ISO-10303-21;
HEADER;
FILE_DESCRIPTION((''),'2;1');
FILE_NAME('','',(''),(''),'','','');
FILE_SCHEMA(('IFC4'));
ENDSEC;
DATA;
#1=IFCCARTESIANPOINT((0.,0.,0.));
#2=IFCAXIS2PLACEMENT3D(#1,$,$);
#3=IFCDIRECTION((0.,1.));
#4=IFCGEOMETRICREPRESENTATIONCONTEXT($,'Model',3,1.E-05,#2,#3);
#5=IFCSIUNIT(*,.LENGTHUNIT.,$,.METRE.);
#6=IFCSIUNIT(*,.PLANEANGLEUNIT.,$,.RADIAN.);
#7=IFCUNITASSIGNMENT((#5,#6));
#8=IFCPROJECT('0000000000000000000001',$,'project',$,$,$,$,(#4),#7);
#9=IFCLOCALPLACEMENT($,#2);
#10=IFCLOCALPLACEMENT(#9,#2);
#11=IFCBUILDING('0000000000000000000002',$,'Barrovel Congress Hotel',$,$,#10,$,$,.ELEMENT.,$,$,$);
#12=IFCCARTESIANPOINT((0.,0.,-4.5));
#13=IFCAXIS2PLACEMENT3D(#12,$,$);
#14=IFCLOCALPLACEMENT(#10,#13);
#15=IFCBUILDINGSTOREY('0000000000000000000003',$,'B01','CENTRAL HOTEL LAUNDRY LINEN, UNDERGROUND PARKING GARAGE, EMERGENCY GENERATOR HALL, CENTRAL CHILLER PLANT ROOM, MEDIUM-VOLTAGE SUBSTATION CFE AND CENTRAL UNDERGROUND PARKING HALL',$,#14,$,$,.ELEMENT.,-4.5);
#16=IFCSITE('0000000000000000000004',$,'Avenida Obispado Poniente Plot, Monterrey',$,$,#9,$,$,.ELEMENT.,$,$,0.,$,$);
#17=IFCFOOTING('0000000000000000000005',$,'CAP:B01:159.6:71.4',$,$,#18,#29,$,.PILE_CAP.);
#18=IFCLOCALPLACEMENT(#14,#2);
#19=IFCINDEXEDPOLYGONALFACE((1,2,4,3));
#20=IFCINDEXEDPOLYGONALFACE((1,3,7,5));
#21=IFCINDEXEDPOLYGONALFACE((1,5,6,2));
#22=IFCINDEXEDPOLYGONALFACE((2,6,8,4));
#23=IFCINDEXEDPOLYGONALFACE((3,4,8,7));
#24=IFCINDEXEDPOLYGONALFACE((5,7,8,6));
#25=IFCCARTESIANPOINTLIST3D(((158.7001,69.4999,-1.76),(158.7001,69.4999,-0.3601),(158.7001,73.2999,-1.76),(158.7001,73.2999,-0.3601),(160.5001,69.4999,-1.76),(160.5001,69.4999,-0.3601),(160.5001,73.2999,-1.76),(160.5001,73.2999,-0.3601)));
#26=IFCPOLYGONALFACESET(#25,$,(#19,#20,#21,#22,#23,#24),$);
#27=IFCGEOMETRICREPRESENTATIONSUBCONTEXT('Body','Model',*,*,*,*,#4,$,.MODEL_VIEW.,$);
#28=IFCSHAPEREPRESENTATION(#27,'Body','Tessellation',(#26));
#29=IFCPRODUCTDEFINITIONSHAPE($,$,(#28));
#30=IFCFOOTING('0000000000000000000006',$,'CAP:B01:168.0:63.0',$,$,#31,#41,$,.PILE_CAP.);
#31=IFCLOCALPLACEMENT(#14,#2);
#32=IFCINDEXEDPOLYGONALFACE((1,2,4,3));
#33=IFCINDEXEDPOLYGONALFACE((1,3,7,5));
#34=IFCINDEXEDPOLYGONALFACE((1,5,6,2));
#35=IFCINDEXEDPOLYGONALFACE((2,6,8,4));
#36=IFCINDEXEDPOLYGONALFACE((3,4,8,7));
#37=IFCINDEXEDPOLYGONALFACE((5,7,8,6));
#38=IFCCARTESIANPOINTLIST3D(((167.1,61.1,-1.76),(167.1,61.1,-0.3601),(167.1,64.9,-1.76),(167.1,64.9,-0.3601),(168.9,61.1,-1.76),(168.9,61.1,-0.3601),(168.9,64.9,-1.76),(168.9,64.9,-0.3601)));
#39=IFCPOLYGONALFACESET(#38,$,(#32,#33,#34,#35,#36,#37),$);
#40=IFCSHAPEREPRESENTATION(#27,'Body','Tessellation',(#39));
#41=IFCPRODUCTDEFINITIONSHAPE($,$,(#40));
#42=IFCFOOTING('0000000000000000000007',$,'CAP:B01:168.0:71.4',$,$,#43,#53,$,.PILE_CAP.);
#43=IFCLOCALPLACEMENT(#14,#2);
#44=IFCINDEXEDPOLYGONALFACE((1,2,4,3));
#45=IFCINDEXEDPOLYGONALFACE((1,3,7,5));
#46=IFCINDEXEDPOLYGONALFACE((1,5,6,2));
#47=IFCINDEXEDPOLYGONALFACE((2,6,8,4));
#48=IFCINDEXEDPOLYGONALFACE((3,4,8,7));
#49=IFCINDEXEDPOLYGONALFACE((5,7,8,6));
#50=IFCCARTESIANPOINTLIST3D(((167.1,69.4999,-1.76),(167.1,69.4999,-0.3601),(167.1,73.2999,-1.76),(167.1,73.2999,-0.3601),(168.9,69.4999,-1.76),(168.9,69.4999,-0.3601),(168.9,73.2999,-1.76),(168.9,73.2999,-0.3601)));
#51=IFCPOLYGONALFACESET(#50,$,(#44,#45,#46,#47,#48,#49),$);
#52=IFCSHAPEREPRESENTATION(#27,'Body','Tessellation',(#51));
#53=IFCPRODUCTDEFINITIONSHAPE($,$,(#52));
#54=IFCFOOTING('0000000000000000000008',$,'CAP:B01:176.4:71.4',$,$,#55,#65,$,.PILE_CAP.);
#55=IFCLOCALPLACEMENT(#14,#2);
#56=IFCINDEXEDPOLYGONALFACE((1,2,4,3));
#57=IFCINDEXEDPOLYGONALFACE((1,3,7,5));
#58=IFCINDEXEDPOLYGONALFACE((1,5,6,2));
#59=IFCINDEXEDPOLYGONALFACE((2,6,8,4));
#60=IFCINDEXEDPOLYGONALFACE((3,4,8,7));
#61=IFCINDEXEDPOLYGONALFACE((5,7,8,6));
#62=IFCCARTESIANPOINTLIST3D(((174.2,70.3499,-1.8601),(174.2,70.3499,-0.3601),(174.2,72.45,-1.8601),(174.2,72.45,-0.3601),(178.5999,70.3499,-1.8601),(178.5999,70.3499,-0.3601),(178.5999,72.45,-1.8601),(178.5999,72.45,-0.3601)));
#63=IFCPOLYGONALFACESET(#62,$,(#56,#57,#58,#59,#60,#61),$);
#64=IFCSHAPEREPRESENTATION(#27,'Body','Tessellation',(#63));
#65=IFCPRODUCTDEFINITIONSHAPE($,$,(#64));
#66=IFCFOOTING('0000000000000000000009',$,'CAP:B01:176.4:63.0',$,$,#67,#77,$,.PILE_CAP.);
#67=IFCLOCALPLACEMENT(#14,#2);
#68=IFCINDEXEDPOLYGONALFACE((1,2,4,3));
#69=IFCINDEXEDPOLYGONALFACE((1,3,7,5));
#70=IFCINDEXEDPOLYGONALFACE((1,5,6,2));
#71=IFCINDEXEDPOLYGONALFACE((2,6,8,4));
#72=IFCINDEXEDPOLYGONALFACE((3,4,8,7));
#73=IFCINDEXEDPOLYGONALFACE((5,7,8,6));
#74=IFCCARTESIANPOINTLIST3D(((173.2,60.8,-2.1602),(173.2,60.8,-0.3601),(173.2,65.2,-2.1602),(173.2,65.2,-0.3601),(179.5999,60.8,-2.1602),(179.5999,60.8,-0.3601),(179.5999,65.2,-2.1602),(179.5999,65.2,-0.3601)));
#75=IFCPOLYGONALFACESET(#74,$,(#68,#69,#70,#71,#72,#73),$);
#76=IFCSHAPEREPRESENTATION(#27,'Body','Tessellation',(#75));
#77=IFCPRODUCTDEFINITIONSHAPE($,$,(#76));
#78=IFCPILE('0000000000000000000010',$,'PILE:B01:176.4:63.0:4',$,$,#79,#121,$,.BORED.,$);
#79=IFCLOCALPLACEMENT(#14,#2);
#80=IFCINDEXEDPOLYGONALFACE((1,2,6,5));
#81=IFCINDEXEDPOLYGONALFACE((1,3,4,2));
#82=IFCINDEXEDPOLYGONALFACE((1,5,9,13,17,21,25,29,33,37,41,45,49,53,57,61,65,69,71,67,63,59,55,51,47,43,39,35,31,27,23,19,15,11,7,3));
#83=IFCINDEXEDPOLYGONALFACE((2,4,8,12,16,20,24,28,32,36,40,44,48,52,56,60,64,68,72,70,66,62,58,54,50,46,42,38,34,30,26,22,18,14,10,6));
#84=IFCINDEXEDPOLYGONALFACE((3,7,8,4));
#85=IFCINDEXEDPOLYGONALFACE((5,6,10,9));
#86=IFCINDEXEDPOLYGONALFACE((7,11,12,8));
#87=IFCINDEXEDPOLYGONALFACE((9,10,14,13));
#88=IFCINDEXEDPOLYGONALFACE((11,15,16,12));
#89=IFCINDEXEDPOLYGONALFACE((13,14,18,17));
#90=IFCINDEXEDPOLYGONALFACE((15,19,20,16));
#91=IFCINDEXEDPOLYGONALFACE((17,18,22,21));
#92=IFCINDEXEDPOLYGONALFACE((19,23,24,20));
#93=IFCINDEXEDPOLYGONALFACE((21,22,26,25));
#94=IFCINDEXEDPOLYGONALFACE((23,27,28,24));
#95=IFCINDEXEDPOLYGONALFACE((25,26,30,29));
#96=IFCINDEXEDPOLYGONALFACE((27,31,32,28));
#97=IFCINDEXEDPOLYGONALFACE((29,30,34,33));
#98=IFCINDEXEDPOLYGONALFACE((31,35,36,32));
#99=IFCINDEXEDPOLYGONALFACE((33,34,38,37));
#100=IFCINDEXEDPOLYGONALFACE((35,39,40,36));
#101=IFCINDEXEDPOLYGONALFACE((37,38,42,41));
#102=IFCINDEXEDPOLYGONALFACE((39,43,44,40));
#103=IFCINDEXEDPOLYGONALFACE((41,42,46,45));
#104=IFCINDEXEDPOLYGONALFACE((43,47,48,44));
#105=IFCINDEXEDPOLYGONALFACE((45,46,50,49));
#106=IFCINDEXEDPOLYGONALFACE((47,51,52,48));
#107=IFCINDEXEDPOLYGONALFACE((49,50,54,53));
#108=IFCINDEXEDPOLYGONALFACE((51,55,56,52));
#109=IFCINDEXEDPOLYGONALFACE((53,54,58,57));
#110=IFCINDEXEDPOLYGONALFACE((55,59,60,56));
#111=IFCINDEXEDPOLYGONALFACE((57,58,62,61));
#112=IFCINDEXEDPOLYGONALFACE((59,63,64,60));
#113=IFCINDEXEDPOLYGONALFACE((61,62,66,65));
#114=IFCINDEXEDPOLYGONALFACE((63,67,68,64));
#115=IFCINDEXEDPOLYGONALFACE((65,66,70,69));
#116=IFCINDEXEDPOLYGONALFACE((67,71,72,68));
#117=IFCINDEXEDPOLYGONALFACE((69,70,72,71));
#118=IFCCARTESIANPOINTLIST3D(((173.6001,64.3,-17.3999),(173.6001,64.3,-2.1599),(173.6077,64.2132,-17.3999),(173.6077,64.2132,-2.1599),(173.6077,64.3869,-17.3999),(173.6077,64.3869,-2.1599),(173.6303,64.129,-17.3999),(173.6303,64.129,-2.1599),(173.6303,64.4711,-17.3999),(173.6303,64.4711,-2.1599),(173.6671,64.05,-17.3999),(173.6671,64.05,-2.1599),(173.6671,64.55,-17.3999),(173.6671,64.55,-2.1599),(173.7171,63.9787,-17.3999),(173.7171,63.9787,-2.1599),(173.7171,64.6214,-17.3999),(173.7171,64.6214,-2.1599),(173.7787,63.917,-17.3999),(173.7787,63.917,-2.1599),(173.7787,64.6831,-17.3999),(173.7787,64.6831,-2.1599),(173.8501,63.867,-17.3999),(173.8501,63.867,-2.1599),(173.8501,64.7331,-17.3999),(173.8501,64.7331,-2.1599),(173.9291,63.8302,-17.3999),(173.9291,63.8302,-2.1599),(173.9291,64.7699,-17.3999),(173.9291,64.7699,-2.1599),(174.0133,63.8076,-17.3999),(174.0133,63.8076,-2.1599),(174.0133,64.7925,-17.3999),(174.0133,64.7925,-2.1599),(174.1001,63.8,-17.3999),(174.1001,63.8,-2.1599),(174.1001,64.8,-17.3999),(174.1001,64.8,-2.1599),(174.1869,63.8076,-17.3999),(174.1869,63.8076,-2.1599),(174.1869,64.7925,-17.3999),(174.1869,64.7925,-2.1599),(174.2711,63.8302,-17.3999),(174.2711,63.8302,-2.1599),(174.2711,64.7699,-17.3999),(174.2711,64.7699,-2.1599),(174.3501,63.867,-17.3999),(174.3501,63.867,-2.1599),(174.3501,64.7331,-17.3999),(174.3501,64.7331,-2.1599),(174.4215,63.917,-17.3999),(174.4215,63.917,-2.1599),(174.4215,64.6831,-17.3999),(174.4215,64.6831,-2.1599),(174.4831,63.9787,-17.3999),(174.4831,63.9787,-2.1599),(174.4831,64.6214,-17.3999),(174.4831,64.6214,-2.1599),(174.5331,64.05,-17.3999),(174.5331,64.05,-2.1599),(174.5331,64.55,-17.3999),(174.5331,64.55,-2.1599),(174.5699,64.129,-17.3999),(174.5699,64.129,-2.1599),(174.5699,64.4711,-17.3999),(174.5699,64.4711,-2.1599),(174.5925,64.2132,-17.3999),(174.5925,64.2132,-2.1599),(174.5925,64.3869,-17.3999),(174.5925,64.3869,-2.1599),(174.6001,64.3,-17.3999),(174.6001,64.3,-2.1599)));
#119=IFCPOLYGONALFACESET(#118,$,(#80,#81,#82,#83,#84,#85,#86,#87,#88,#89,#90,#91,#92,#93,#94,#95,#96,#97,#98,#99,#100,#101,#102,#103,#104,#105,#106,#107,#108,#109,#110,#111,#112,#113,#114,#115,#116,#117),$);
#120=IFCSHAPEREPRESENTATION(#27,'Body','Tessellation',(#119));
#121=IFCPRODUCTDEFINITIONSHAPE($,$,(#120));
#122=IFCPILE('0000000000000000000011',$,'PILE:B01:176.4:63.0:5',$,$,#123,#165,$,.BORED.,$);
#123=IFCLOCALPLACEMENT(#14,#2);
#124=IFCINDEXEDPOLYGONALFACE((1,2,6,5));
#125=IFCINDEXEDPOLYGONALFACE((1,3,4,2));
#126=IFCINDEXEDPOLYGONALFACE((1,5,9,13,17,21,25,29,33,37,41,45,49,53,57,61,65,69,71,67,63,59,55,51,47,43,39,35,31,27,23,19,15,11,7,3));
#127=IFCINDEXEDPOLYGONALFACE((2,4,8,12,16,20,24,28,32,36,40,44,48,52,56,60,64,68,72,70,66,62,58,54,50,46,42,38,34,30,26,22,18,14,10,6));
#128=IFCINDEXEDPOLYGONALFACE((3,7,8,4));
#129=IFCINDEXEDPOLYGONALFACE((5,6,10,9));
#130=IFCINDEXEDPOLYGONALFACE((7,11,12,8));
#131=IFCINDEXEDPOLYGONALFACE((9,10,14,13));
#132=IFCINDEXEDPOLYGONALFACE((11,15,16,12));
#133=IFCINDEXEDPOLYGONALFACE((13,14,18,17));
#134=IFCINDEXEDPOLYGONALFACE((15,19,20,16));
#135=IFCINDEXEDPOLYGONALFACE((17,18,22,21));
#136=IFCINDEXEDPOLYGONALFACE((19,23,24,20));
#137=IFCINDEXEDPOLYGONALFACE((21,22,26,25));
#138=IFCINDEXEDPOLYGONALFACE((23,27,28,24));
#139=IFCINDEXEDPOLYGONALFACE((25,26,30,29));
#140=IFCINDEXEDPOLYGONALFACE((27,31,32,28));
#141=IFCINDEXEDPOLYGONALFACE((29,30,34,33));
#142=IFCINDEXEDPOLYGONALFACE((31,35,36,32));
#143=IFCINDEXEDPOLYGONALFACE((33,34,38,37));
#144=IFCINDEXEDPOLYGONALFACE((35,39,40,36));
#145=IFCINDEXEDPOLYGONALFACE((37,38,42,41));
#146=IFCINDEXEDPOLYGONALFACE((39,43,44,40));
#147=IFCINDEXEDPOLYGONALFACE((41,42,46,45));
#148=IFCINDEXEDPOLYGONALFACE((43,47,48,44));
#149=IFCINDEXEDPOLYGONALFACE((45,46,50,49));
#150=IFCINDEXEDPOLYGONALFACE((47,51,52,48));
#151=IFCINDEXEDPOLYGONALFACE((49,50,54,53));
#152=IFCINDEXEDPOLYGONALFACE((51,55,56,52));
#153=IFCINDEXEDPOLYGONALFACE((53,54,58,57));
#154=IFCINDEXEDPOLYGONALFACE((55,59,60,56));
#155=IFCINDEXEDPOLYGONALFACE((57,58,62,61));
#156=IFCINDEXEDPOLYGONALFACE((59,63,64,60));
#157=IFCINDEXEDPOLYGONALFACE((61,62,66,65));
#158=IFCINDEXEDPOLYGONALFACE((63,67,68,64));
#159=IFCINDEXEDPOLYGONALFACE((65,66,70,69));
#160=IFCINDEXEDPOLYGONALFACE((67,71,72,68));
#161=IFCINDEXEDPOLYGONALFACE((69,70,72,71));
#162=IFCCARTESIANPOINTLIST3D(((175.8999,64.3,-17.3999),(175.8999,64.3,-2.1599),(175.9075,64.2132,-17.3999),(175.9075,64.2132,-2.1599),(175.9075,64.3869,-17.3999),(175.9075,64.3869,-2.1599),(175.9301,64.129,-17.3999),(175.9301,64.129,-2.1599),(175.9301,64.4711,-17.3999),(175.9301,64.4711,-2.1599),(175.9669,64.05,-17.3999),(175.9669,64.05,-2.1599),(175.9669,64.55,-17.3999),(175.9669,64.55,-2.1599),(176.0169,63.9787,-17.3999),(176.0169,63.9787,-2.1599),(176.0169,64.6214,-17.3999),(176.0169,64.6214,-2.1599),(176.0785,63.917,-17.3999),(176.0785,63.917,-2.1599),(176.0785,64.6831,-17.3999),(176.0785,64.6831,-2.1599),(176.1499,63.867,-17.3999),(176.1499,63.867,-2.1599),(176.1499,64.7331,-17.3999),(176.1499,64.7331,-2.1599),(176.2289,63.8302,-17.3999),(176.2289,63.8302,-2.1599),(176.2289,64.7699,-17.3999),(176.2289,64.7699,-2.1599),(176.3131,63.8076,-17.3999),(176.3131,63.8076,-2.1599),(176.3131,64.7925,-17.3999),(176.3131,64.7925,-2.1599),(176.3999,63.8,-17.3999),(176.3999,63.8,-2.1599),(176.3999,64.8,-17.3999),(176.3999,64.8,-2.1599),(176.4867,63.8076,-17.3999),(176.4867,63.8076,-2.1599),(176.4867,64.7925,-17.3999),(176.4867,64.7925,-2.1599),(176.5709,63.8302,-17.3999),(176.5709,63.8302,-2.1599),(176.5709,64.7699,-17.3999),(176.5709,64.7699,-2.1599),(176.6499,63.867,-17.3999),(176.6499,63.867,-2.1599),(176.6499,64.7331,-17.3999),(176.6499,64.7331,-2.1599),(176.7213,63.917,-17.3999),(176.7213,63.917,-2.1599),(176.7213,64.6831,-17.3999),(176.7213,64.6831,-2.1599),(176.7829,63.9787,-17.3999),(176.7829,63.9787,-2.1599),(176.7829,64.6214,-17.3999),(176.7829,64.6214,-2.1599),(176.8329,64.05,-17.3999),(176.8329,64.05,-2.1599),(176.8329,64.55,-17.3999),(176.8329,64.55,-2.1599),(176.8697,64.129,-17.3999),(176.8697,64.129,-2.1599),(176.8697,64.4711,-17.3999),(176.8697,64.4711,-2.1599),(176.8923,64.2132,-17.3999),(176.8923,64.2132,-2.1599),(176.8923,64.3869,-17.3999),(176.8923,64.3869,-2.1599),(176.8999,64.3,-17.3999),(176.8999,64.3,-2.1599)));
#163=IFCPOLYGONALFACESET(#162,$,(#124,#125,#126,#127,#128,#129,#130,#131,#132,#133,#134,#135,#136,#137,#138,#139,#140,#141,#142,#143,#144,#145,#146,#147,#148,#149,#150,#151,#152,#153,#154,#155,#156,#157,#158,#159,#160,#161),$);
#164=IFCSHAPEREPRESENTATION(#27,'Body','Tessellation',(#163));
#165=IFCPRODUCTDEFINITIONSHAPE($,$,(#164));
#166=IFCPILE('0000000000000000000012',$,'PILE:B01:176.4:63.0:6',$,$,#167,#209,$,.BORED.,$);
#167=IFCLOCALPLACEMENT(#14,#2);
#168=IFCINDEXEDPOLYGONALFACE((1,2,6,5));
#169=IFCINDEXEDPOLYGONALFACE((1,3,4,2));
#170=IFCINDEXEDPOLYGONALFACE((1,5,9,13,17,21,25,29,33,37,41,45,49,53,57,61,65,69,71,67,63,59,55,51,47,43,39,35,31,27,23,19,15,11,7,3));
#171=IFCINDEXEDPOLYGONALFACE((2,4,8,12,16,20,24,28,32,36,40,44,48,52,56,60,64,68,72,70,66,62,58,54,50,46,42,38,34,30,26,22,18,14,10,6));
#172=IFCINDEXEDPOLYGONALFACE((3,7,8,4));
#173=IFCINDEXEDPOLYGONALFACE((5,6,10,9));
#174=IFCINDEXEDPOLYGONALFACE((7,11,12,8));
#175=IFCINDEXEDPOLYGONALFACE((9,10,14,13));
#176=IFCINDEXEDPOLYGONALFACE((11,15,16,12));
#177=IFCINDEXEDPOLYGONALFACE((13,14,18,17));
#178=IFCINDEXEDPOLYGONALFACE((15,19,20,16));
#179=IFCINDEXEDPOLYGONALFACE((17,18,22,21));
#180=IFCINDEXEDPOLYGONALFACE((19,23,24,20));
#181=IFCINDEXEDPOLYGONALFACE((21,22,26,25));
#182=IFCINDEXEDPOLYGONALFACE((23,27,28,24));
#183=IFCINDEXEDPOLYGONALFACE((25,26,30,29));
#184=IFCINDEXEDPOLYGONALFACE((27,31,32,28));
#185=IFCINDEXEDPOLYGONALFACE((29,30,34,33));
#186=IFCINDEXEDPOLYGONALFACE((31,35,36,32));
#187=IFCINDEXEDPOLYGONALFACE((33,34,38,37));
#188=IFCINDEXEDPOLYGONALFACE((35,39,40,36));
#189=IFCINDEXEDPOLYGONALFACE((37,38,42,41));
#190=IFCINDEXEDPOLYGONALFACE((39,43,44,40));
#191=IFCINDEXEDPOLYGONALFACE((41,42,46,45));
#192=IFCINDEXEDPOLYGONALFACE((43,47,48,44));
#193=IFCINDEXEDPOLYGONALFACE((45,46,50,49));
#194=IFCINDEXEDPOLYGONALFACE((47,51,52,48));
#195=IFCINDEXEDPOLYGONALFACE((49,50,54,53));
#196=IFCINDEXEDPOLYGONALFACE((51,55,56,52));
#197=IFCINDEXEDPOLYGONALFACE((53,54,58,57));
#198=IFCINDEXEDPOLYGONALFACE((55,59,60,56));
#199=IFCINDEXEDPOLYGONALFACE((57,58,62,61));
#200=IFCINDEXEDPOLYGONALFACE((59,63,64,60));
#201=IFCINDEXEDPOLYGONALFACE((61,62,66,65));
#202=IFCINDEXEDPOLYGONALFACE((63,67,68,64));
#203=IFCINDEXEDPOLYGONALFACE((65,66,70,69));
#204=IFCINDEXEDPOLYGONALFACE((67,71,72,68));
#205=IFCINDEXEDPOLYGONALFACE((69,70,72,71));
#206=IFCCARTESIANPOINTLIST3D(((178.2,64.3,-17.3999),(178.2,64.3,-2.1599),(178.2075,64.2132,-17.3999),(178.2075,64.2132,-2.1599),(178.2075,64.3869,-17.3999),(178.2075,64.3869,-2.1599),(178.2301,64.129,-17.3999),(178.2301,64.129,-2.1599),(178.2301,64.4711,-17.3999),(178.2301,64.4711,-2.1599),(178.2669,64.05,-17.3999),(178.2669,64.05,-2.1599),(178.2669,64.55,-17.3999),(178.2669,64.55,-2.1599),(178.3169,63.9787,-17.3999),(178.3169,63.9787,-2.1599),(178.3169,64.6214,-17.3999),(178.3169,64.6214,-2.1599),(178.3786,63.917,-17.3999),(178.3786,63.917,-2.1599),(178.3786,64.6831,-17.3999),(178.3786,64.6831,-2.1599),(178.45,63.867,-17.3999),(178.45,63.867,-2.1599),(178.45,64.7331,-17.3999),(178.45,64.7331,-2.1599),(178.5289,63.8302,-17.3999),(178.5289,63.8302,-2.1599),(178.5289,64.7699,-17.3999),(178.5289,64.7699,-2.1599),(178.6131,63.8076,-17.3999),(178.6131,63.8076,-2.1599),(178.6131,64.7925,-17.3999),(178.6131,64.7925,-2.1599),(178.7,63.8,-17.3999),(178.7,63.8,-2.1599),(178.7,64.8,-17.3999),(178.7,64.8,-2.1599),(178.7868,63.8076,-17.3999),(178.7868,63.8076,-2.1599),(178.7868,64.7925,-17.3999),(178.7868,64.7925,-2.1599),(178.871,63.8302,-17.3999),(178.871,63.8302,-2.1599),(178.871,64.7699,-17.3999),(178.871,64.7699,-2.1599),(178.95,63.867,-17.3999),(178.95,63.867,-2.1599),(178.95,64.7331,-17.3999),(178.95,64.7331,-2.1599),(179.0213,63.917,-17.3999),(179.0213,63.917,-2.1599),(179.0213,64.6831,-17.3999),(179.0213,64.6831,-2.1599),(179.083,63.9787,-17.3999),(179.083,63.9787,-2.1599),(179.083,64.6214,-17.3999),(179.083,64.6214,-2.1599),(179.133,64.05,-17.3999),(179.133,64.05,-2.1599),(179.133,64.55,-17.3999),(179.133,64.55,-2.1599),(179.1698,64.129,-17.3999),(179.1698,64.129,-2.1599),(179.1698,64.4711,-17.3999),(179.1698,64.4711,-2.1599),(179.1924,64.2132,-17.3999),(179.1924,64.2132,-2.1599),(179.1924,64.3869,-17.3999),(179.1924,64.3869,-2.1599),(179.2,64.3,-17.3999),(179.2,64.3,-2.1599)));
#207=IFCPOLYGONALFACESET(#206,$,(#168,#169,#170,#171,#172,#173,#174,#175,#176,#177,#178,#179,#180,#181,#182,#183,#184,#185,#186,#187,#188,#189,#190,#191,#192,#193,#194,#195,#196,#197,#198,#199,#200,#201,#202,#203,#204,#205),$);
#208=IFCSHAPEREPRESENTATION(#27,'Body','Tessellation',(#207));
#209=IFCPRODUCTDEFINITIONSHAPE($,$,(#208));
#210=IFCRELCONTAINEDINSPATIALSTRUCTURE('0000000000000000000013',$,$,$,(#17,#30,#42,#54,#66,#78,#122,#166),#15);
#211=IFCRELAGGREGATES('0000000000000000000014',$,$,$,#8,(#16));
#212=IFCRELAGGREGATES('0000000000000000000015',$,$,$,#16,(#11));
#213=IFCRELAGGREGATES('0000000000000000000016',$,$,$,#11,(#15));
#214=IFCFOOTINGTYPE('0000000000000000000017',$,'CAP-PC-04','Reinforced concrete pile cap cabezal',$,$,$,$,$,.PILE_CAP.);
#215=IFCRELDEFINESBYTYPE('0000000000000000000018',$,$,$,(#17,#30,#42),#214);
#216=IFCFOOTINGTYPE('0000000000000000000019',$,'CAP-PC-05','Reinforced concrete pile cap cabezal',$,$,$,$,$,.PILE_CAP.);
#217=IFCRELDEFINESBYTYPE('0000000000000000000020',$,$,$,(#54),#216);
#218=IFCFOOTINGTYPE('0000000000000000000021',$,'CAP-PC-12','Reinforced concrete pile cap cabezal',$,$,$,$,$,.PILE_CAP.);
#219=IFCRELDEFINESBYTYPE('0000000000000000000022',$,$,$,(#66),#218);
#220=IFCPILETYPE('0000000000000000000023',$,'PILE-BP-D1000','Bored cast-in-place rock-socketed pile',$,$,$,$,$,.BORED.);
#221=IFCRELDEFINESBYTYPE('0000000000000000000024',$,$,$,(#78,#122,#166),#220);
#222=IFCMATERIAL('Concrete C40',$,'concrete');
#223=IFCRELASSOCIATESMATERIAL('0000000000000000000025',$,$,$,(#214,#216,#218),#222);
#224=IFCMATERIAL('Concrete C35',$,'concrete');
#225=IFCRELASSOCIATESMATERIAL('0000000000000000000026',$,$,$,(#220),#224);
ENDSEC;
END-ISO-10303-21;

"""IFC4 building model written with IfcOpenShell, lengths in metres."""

from ifc_helpers import new_model, si_unit, direction, frame, origin, origin_2d, place, context, subcontext, project, spatial, rectangle, circle, extrude, material, material_profile, profile_set, type_object, element, save


model = new_model("IFC4")

# Units and contexts
model_context = context("Model", 3, precision=1e-05, world=origin(), true_north=direction((0.0, 1.0)))
body_context = subcontext(model_context, "Body", "Model", "MODEL_VIEW")
ifc_project = project(units=[si_unit("LENGTHUNIT", "METRE"), si_unit("PLANEANGLEUNIT", "RADIAN")], contexts=[model_context])

# Site, building, storey
site_placement = place(None, origin())
site = spatial("IfcSite", under=ifc_project, at=site_placement, Name="Avenida Obispado Poniente Plot, Monterrey", CompositionType="ELEMENT", RefElevation=0.0)
building_placement = place(site_placement, origin())
building = spatial("IfcBuilding", under=site, at=building_placement, Name="Barrovel Congress Hotel", CompositionType="ELEMENT")
storey_placement = place(building_placement, frame((0.0, 0.0, -4.5)))
storey = spatial("IfcBuildingStorey", under=building, at=storey_placement, Name="B01", Description="CENTRAL HOTEL LAUNDRY LINEN, UNDERGROUND PARKING GARAGE, EMERGENCY GENERATOR HALL, CENTRAL CHILLER PLANT ROOM, MEDIUM-VOLTAGE SUBSTATION CFE AND CENTRAL UNDERGROUND PARKING HALL", CompositionType="ELEMENT", Elevation=-4.5)

# Footings
ifc_material_1 = material(Name="Concrete C40", Category="concrete")
footing_type_1 = type_object("IfcFootingType", Name="CAP-PC-04", Description="Reinforced concrete pile cap cabezal", PredefinedType="PILE_CAP", material=ifc_material_1)
for number, where, z_axis, x_axis, name in (
    (1, (159.6001, 71.3999, -1.76), (0.0, 0.0, 1.0), (1.0, 0.0, 0.0), "CAP:B01:159.6:71.4"),
    (2, (168.0, 63.0, -1.76), (0.0, 0.0, 1.0), (1.0, 0.0, 0.0), "CAP:B01:168.0:63.0"),
    (3, (168.0, 71.3999, -1.76), (0.0, 0.0, 1.0), (1.0, 0.0, 0.0), "CAP:B01:168.0:71.4"),
):
    element("IfcFooting", number, at=place(storey_placement, frame(where, z_axis=z_axis, x_axis=x_axis)), inside=storey, type_object=footing_type_1, Name=name, PredefinedType="PILE_CAP", context=body_context, shape_type="SweptSolid", body=[
        extrude(rectangle(XDim=1.8, YDim=3.8, at=origin_2d()), origin(), (0.0, 0.0, 1.0), 1.3999),
    ])
footing_type_2 = type_object("IfcFootingType", Name="CAP-PC-05", Description="Reinforced concrete pile cap cabezal", PredefinedType="PILE_CAP", material=ifc_material_1)
footing_1_placement = place(storey_placement, frame((176.3999, 71.3999, -1.8601), z_axis=(0.0, 0.0, 1.0), x_axis=(1.0, 0.0, 0.0)))
element("IfcFooting", 4, at=footing_1_placement, inside=storey, type_object=footing_type_2, Name="CAP:B01:176.4:71.4", PredefinedType="PILE_CAP", context=body_context, shape_type="SweptSolid", body=[
    extrude(rectangle(XDim=4.3999, YDim=2.1001, at=origin_2d()), origin(), (0.0, 0.0, 1.0), 1.5),
])
footing_type_3 = type_object("IfcFootingType", Name="CAP-PC-12", Description="Reinforced concrete pile cap cabezal", PredefinedType="PILE_CAP", material=ifc_material_1)
footing_2_placement = place(storey_placement, frame((176.3999, 63.0, -2.1602), z_axis=(0.0, 0.0, 1.0), x_axis=(1.0, 0.0, 0.0)))
element("IfcFooting", 5, at=footing_2_placement, inside=storey, type_object=footing_type_3, Name="CAP:B01:176.4:63.0", PredefinedType="PILE_CAP", context=body_context, shape_type="SweptSolid", body=[
    extrude(rectangle(XDim=6.3999, YDim=4.3999, at=origin_2d()), origin(), (0.0, 0.0, 1.0), 1.8),
])

# Piles
ifc_material_2 = material(Name="Concrete C35", Category="concrete")
ifc_material_profile_1 = material_profile(ifc_material_2, circle(Radius=0.5, at=origin_2d()), Name="BP-D1000")
ifc_profile_set_1 = profile_set([ifc_material_profile_1], Name="Concrete C35")
pile_type_1 = type_object("IfcPileType", Name="PILE-BP-D1000", Description="Bored cast-in-place rock-socketed pile", PredefinedType="BORED", material=ifc_profile_set_1)
for number, where, z_axis, x_axis, name in (
    (6, (174.1001, 64.3, -2.1599), (0.0, 0.0, -1.0), (1.0, 0.0, 0.0), "PILE:B01:176.4:63.0:4"),
    (7, (176.3999, 64.3, -2.1599), (0.0, 0.0, -1.0), (1.0, 0.0, 0.0), "PILE:B01:176.4:63.0:5"),
    (8, (178.7, 64.3, -2.1599), (0.0, 0.0, -1.0), (1.0, 0.0, 0.0), "PILE:B01:176.4:63.0:6"),
):
    element("IfcPile", number, at=place(storey_placement, frame(where, z_axis=z_axis, x_axis=x_axis)), inside=storey, type_object=pile_type_1, Name=name, PredefinedType="BORED", context=body_context, shape_type="SweptSolid", body=[
        extrude(circle(Radius=0.5, at=origin_2d()), origin(), (0.0, 0.0, 1.0), 15.24),
    ])

save(model, "model.ifc")
